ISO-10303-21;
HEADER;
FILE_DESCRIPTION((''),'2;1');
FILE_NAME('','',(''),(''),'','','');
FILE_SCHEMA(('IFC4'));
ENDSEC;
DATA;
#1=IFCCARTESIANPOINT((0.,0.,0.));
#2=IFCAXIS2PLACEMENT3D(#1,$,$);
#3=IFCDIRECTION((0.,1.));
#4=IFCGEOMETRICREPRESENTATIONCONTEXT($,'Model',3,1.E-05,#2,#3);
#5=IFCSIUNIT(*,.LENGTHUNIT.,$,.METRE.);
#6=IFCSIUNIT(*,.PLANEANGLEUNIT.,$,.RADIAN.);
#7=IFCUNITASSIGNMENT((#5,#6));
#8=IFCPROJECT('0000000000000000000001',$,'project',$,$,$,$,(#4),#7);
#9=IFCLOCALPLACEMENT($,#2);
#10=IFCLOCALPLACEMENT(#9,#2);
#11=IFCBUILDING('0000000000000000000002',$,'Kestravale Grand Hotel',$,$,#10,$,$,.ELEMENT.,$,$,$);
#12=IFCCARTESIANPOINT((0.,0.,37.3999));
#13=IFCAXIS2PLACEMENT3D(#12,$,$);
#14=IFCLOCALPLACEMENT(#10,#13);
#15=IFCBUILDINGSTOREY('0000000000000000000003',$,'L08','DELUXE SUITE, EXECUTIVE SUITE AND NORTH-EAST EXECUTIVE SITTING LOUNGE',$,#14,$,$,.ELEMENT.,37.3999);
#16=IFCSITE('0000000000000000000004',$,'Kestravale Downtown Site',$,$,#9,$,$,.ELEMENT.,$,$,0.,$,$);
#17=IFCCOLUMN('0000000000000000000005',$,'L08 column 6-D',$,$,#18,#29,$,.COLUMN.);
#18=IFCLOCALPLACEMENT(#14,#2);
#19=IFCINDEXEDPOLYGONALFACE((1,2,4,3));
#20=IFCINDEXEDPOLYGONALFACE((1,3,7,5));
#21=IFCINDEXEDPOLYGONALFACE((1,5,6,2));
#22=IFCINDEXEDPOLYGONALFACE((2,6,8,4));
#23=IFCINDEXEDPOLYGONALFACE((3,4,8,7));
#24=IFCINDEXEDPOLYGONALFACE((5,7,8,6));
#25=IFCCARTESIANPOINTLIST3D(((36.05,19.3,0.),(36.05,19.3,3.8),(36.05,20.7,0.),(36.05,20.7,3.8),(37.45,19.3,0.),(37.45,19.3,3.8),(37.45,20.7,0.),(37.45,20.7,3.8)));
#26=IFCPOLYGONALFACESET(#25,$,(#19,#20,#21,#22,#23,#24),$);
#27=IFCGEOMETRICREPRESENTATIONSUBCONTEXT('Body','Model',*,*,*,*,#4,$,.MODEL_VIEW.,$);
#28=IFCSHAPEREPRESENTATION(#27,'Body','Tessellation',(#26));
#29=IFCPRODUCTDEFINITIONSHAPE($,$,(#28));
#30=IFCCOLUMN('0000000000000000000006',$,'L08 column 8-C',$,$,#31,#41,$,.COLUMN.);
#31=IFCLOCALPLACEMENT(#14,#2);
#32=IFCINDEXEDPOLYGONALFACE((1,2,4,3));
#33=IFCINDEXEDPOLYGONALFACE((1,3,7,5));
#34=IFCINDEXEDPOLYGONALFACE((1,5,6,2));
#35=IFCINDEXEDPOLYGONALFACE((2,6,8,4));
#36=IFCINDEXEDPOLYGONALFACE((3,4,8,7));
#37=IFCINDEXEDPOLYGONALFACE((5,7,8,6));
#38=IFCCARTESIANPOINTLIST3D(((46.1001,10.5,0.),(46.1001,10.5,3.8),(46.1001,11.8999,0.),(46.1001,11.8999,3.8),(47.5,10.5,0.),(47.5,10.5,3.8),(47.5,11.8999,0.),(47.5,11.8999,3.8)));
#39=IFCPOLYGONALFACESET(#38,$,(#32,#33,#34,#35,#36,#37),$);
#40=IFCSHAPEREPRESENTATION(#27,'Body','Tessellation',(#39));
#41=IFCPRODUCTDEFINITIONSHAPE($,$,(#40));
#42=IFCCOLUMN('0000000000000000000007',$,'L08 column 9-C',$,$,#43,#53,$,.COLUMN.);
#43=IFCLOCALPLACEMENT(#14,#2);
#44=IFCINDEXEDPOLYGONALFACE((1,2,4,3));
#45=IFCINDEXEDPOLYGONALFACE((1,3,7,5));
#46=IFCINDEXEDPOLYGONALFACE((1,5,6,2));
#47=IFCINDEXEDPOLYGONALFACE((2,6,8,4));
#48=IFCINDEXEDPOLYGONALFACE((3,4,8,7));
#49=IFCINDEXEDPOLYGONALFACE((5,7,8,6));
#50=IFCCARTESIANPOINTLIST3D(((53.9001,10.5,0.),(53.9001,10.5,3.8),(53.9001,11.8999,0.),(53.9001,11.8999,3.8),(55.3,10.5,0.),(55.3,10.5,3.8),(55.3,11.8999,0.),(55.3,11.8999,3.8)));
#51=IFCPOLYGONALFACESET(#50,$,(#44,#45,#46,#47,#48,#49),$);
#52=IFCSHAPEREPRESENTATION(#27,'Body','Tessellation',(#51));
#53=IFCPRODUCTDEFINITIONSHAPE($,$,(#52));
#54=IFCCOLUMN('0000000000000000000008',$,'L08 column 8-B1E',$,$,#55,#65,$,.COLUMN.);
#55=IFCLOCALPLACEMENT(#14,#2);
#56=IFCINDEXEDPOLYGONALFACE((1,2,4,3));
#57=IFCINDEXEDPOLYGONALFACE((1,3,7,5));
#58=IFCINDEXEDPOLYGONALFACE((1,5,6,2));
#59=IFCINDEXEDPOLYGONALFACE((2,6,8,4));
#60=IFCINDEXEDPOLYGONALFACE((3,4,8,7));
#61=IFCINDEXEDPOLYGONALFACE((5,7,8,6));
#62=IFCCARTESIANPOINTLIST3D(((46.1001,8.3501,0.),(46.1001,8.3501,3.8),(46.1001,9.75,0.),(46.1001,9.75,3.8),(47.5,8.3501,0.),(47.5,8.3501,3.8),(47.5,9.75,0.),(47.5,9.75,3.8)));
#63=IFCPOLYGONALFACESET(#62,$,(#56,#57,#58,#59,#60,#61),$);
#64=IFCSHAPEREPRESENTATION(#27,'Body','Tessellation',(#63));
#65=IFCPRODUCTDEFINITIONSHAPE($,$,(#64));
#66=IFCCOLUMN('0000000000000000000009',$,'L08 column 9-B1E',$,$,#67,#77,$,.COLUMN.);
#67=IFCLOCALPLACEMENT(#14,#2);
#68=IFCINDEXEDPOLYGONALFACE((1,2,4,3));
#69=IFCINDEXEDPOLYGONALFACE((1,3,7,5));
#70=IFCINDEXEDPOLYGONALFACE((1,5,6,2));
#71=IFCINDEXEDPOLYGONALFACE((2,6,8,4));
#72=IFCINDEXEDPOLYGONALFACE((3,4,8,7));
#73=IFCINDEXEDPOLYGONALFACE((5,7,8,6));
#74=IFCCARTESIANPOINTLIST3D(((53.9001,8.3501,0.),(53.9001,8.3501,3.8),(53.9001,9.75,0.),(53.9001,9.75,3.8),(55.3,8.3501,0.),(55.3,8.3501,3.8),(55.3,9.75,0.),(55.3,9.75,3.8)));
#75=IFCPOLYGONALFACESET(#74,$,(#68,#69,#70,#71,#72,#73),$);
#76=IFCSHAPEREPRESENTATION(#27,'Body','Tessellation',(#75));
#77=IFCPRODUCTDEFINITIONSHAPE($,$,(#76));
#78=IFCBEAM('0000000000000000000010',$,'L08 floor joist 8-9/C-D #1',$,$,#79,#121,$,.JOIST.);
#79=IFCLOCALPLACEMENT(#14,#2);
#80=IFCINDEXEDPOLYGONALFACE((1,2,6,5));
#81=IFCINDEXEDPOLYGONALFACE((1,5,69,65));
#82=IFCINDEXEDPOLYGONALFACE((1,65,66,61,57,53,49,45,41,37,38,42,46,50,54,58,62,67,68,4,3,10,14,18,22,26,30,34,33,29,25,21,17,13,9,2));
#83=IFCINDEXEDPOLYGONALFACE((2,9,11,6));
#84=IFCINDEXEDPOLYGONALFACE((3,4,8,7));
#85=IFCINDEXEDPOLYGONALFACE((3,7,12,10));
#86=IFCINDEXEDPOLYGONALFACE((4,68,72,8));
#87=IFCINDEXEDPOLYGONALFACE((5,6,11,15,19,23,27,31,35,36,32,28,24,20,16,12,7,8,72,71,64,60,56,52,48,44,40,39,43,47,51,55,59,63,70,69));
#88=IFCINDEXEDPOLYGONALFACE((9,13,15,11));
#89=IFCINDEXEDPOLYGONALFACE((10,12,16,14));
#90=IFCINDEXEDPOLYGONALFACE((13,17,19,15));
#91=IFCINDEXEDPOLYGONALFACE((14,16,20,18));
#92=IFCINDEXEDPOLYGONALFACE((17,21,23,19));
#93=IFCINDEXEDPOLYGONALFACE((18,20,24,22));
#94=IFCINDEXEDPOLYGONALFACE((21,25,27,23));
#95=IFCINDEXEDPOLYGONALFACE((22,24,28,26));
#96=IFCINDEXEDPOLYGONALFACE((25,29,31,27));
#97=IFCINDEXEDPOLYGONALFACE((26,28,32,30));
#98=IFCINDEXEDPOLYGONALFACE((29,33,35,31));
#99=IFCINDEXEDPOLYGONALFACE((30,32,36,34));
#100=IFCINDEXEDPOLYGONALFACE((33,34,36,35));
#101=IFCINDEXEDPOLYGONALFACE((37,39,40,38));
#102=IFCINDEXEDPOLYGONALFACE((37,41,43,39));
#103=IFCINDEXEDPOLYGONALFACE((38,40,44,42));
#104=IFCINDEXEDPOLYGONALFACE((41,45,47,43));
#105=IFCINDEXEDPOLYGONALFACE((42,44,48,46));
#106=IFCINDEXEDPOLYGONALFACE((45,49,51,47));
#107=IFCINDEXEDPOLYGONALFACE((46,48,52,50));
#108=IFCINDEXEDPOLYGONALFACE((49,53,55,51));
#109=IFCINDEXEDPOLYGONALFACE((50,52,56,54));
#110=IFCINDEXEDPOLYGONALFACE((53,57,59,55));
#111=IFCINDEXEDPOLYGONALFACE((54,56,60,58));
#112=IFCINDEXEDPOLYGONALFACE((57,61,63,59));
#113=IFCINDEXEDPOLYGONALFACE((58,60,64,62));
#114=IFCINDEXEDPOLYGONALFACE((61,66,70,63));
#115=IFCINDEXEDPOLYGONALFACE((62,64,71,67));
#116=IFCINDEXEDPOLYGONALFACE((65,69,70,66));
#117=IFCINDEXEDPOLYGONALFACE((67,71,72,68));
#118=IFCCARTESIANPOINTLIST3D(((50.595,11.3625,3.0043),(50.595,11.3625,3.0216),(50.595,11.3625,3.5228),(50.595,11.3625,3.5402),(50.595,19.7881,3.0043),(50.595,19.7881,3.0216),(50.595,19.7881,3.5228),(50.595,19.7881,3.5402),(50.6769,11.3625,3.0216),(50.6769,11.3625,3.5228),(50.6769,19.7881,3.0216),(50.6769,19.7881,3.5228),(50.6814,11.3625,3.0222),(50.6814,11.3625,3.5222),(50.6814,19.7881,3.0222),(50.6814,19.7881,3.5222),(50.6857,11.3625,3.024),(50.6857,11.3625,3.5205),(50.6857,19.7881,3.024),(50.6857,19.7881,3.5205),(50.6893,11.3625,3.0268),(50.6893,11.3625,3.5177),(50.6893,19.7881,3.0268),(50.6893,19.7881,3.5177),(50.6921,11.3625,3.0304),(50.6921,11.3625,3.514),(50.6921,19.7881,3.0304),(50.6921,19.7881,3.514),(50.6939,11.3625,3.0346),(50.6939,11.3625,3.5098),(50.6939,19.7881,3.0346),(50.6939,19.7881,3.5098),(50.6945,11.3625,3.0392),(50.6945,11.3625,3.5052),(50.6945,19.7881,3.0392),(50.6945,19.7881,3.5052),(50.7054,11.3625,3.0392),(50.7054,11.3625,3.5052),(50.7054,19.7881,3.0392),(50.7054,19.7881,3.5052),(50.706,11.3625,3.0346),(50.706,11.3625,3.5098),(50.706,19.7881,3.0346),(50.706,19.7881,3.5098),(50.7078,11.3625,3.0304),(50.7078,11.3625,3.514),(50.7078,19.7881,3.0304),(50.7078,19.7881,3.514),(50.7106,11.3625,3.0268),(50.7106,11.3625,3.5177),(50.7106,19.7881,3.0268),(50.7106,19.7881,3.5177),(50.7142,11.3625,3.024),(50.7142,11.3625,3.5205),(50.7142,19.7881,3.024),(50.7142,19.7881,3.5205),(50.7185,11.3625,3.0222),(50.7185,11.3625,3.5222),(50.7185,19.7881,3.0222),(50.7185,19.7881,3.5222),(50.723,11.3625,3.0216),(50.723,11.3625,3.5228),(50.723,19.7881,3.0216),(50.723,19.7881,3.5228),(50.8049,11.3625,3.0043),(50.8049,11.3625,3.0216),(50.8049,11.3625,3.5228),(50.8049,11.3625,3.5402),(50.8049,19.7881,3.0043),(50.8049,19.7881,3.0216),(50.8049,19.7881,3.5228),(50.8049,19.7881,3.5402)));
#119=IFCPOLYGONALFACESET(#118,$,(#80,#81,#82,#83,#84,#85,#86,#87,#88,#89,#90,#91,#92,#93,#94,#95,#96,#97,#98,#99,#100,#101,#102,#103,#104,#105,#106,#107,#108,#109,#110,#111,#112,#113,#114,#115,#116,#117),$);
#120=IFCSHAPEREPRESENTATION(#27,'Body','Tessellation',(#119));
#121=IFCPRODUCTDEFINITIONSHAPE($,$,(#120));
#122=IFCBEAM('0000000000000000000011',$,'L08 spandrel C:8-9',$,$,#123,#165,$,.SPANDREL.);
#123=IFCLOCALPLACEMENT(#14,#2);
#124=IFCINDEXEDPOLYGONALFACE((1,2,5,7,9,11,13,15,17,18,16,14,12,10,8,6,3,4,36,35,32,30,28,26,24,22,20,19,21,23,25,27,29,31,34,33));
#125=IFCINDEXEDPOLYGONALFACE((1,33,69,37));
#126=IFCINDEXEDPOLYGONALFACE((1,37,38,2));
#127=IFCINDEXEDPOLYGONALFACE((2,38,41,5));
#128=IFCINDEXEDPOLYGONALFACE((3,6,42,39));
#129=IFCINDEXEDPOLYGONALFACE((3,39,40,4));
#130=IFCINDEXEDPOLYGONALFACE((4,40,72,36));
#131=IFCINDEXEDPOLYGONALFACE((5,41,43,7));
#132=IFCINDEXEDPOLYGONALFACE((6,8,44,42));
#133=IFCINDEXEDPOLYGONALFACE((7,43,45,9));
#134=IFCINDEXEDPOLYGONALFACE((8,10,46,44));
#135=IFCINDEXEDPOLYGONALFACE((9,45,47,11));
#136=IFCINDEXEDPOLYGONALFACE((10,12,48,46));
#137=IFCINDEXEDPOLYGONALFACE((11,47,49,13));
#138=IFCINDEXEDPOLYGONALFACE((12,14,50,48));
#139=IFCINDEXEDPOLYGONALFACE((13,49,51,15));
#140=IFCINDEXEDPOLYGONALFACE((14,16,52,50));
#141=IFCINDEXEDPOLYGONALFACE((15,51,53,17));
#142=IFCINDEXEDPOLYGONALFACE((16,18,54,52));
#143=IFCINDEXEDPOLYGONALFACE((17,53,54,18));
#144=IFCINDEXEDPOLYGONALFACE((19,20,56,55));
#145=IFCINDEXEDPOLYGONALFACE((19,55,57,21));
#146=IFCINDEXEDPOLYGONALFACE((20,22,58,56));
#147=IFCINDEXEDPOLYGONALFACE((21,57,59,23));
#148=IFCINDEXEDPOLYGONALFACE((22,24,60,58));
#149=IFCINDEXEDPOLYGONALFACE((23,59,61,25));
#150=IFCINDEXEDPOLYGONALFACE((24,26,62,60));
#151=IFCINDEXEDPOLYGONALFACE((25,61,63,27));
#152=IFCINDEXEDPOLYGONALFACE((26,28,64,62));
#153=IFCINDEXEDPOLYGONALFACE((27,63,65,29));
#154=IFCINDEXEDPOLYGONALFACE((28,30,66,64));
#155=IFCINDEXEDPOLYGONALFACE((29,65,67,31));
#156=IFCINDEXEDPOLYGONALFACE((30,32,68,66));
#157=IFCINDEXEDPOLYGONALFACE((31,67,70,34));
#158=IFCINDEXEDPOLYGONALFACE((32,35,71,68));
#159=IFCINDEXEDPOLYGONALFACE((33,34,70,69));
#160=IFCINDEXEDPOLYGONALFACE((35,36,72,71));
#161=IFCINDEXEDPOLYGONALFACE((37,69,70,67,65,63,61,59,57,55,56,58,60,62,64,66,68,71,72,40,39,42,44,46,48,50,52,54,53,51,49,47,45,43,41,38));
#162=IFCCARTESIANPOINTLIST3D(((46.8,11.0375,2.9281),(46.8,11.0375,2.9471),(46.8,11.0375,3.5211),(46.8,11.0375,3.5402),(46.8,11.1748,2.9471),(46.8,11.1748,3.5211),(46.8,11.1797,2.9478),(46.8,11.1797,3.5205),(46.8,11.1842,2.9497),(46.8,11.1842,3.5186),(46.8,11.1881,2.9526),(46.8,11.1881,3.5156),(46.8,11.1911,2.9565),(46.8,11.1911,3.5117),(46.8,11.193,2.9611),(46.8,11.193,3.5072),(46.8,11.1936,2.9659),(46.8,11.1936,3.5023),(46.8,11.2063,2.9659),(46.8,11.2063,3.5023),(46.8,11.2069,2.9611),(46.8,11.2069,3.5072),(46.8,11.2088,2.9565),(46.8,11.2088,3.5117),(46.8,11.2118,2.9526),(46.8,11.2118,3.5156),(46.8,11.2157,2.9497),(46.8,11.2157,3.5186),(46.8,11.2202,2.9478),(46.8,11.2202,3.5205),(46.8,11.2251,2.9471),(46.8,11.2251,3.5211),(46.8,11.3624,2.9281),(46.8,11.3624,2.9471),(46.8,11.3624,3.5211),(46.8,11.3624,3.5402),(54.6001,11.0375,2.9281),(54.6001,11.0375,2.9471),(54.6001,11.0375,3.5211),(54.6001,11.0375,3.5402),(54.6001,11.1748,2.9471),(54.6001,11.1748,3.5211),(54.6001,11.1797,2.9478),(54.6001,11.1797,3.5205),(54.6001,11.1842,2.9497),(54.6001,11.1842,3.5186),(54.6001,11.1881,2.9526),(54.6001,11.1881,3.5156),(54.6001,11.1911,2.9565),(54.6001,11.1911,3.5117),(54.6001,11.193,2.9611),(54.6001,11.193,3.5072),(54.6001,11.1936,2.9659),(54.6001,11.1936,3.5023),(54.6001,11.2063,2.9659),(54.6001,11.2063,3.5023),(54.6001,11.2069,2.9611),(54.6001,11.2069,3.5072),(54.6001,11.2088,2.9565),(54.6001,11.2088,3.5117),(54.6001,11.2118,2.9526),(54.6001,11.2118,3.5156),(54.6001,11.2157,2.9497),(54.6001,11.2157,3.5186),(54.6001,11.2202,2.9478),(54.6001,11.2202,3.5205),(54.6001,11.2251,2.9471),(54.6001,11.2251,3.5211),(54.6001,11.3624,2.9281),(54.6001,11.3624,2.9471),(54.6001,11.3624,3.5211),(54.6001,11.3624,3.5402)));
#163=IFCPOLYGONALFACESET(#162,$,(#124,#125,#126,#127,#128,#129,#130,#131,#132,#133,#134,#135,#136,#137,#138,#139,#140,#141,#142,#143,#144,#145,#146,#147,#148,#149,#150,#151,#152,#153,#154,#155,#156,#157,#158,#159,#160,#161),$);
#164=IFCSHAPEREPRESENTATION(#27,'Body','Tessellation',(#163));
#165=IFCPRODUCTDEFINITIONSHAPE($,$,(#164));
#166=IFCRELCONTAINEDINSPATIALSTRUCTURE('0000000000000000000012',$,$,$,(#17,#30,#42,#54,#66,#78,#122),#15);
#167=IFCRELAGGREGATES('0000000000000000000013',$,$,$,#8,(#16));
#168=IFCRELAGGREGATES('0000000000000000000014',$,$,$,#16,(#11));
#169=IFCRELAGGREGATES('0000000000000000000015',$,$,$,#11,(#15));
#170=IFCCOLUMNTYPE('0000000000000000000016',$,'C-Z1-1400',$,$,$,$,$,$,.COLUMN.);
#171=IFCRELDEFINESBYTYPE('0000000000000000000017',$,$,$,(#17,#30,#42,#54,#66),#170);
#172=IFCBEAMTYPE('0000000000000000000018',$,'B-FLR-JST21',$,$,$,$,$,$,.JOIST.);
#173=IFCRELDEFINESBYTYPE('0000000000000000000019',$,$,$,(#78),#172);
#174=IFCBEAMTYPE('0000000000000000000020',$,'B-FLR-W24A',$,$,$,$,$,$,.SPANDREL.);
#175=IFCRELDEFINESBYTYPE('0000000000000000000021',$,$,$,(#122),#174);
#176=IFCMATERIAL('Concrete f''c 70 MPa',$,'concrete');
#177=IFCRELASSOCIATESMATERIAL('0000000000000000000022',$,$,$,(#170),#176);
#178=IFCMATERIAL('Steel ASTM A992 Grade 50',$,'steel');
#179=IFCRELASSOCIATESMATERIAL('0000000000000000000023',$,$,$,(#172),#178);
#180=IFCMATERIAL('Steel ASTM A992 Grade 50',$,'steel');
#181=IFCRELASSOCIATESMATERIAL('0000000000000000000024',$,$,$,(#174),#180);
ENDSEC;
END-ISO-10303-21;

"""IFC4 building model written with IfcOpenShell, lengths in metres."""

from ifc_helpers import new_model, si_unit, direction, frame, origin, origin_2d, place, context, subcontext, project, spatial, rectangle, i_section, extrude, material, material_profile, profile_set, type_object, element, save


model = new_model("IFC4")

# Units and contexts
model_context = context("Model", 3, precision=1e-05, world=origin(), true_north=direction((0.0, 1.0)))
body_context = subcontext(model_context, "Body", "Model", "MODEL_VIEW")
ifc_project = project(units=[si_unit("LENGTHUNIT", "METRE"), si_unit("PLANEANGLEUNIT", "RADIAN")], contexts=[model_context])

# Site, building, storey
site_placement = place(None, origin())
site = spatial("IfcSite", under=ifc_project, at=site_placement, Name="Kestravale Downtown Site", CompositionType="ELEMENT", RefElevation=0.0)
building_placement = place(site_placement, origin())
building = spatial("IfcBuilding", under=site, at=building_placement, Name="Kestravale Grand Hotel", CompositionType="ELEMENT")
storey_placement = place(building_placement, frame((0.0, 0.0, 37.3999)))
storey = spatial("IfcBuildingStorey", under=building, at=storey_placement, Name="L08", Description="DELUXE SUITE, EXECUTIVE SUITE AND NORTH-EAST EXECUTIVE SITTING LOUNGE", CompositionType="ELEMENT", Elevation=37.3999)

# Columns
ifc_material_1 = material(Name="Concrete f'c 70 MPa", Category="concrete")
ifc_material_profile_1 = material_profile(ifc_material_1, rectangle(XDim=1.3999, YDim=1.3999, at=origin_2d()))
ifc_profile_set_1 = profile_set([ifc_material_profile_1], Name="Concrete f'c 70 MPa")
column_type = type_object("IfcColumnType", Name="C-Z1-1400", PredefinedType="COLUMN", material=ifc_profile_set_1)
for number, where, z_axis, x_axis, name in (
    (1, (36.75, 20.0, 0.0), (0.0, 0.0, 1.0), (1.0, 0.0, 0.0), "L08 column 6-D"),
    (2, (46.8, 11.2, 0.0), (0.0, 0.0, 1.0), (1.0, 0.0, 0.0), "L08 column 8-C"),
    (3, (54.6001, 11.2, 0.0), (0.0, 0.0, 1.0), (1.0, 0.0, 0.0), "L08 column 9-C"),
    (4, (46.8, 9.05, 0.0), (0.0, 0.0, 1.0), (1.0, 0.0, 0.0), "L08 column 8-B1E"),
    (5, (54.6001, 9.05, 0.0), (0.0, 0.0, 1.0), (1.0, 0.0, 0.0), "L08 column 9-B1E"),
):
    element("IfcColumn", number, at=place(storey_placement, frame(where, z_axis=z_axis, x_axis=x_axis)), inside=storey, type_object=column_type, Name=name, PredefinedType="COLUMN", context=body_context, shape_type="SweptSolid", body=[
        extrude(rectangle(XDim=1.3999, YDim=1.3999, at=origin_2d()), origin(), (0.0, 0.0, 1.0), 3.8),
    ])

# Beams
ifc_material_2 = material(Name="Steel ASTM A992 Grade 50", Category="steel")
ifc_material_profile_2 = material_profile(ifc_material_2, i_section(OverallWidth=0.21, OverallDepth=0.5359, WebThickness=0.011, FlangeThickness=0.0173, FilletRadius=0.0176, at=origin_2d()))
ifc_profile_set_2 = profile_set([ifc_material_profile_2], Name="Steel ASTM A992 Grade 50")
beam_type_1 = type_object("IfcBeamType", Name="B-FLR-JST21", PredefinedType="JOIST", material=ifc_profile_set_2)
beam_1_placement = place(storey_placement, frame((50.7, 11.3625, 3.2722), z_axis=(0.0, 1.0, 0.0), x_axis=(-1.0, 0.0, 0.0)))
element("IfcBeam", 6, at=beam_1_placement, inside=storey, type_object=beam_type_1, Name="L08 floor joist 8-9/C-D #1", PredefinedType="JOIST", context=body_context, shape_type="SweptSolid", body=[
    extrude(i_section(OverallWidth=0.21, OverallDepth=0.5359, WebThickness=0.011, FlangeThickness=0.0173, FilletRadius=0.0176, at=origin_2d()), origin(), (0.0, 0.0, 1.0), 8.4255),
])
ifc_material_3 = material(Name="Steel ASTM A992 Grade 50", Category="steel")
ifc_material_profile_3 = material_profile(ifc_material_3, i_section(OverallWidth=0.325, OverallDepth=0.6121, WebThickness=0.0127, FlangeThickness=0.019, FilletRadius=0.0188, at=origin_2d()))
ifc_profile_set_3 = profile_set([ifc_material_profile_3], Name="Steel ASTM A992 Grade 50")
beam_type_2 = type_object("IfcBeamType", Name="B-FLR-W24A", PredefinedType="SPANDREL", material=ifc_profile_set_3)
beam_2_placement = place(storey_placement, frame((46.8, 11.2, 3.2341), z_axis=(1.0, 0.0, 0.0), x_axis=(0.0, 1.0, 0.0)))
element("IfcBeam", 7, at=beam_2_placement, inside=storey, type_object=beam_type_2, Name="L08 spandrel C:8-9", PredefinedType="SPANDREL", context=body_context, shape_type="SweptSolid", body=[
    extrude(i_section(OverallWidth=0.325, OverallDepth=0.6121, WebThickness=0.0127, FlangeThickness=0.019, FilletRadius=0.0188, at=origin_2d()), origin(), (0.0, 0.0, 1.0), 7.8),
])

save(model, "model.ifc")
